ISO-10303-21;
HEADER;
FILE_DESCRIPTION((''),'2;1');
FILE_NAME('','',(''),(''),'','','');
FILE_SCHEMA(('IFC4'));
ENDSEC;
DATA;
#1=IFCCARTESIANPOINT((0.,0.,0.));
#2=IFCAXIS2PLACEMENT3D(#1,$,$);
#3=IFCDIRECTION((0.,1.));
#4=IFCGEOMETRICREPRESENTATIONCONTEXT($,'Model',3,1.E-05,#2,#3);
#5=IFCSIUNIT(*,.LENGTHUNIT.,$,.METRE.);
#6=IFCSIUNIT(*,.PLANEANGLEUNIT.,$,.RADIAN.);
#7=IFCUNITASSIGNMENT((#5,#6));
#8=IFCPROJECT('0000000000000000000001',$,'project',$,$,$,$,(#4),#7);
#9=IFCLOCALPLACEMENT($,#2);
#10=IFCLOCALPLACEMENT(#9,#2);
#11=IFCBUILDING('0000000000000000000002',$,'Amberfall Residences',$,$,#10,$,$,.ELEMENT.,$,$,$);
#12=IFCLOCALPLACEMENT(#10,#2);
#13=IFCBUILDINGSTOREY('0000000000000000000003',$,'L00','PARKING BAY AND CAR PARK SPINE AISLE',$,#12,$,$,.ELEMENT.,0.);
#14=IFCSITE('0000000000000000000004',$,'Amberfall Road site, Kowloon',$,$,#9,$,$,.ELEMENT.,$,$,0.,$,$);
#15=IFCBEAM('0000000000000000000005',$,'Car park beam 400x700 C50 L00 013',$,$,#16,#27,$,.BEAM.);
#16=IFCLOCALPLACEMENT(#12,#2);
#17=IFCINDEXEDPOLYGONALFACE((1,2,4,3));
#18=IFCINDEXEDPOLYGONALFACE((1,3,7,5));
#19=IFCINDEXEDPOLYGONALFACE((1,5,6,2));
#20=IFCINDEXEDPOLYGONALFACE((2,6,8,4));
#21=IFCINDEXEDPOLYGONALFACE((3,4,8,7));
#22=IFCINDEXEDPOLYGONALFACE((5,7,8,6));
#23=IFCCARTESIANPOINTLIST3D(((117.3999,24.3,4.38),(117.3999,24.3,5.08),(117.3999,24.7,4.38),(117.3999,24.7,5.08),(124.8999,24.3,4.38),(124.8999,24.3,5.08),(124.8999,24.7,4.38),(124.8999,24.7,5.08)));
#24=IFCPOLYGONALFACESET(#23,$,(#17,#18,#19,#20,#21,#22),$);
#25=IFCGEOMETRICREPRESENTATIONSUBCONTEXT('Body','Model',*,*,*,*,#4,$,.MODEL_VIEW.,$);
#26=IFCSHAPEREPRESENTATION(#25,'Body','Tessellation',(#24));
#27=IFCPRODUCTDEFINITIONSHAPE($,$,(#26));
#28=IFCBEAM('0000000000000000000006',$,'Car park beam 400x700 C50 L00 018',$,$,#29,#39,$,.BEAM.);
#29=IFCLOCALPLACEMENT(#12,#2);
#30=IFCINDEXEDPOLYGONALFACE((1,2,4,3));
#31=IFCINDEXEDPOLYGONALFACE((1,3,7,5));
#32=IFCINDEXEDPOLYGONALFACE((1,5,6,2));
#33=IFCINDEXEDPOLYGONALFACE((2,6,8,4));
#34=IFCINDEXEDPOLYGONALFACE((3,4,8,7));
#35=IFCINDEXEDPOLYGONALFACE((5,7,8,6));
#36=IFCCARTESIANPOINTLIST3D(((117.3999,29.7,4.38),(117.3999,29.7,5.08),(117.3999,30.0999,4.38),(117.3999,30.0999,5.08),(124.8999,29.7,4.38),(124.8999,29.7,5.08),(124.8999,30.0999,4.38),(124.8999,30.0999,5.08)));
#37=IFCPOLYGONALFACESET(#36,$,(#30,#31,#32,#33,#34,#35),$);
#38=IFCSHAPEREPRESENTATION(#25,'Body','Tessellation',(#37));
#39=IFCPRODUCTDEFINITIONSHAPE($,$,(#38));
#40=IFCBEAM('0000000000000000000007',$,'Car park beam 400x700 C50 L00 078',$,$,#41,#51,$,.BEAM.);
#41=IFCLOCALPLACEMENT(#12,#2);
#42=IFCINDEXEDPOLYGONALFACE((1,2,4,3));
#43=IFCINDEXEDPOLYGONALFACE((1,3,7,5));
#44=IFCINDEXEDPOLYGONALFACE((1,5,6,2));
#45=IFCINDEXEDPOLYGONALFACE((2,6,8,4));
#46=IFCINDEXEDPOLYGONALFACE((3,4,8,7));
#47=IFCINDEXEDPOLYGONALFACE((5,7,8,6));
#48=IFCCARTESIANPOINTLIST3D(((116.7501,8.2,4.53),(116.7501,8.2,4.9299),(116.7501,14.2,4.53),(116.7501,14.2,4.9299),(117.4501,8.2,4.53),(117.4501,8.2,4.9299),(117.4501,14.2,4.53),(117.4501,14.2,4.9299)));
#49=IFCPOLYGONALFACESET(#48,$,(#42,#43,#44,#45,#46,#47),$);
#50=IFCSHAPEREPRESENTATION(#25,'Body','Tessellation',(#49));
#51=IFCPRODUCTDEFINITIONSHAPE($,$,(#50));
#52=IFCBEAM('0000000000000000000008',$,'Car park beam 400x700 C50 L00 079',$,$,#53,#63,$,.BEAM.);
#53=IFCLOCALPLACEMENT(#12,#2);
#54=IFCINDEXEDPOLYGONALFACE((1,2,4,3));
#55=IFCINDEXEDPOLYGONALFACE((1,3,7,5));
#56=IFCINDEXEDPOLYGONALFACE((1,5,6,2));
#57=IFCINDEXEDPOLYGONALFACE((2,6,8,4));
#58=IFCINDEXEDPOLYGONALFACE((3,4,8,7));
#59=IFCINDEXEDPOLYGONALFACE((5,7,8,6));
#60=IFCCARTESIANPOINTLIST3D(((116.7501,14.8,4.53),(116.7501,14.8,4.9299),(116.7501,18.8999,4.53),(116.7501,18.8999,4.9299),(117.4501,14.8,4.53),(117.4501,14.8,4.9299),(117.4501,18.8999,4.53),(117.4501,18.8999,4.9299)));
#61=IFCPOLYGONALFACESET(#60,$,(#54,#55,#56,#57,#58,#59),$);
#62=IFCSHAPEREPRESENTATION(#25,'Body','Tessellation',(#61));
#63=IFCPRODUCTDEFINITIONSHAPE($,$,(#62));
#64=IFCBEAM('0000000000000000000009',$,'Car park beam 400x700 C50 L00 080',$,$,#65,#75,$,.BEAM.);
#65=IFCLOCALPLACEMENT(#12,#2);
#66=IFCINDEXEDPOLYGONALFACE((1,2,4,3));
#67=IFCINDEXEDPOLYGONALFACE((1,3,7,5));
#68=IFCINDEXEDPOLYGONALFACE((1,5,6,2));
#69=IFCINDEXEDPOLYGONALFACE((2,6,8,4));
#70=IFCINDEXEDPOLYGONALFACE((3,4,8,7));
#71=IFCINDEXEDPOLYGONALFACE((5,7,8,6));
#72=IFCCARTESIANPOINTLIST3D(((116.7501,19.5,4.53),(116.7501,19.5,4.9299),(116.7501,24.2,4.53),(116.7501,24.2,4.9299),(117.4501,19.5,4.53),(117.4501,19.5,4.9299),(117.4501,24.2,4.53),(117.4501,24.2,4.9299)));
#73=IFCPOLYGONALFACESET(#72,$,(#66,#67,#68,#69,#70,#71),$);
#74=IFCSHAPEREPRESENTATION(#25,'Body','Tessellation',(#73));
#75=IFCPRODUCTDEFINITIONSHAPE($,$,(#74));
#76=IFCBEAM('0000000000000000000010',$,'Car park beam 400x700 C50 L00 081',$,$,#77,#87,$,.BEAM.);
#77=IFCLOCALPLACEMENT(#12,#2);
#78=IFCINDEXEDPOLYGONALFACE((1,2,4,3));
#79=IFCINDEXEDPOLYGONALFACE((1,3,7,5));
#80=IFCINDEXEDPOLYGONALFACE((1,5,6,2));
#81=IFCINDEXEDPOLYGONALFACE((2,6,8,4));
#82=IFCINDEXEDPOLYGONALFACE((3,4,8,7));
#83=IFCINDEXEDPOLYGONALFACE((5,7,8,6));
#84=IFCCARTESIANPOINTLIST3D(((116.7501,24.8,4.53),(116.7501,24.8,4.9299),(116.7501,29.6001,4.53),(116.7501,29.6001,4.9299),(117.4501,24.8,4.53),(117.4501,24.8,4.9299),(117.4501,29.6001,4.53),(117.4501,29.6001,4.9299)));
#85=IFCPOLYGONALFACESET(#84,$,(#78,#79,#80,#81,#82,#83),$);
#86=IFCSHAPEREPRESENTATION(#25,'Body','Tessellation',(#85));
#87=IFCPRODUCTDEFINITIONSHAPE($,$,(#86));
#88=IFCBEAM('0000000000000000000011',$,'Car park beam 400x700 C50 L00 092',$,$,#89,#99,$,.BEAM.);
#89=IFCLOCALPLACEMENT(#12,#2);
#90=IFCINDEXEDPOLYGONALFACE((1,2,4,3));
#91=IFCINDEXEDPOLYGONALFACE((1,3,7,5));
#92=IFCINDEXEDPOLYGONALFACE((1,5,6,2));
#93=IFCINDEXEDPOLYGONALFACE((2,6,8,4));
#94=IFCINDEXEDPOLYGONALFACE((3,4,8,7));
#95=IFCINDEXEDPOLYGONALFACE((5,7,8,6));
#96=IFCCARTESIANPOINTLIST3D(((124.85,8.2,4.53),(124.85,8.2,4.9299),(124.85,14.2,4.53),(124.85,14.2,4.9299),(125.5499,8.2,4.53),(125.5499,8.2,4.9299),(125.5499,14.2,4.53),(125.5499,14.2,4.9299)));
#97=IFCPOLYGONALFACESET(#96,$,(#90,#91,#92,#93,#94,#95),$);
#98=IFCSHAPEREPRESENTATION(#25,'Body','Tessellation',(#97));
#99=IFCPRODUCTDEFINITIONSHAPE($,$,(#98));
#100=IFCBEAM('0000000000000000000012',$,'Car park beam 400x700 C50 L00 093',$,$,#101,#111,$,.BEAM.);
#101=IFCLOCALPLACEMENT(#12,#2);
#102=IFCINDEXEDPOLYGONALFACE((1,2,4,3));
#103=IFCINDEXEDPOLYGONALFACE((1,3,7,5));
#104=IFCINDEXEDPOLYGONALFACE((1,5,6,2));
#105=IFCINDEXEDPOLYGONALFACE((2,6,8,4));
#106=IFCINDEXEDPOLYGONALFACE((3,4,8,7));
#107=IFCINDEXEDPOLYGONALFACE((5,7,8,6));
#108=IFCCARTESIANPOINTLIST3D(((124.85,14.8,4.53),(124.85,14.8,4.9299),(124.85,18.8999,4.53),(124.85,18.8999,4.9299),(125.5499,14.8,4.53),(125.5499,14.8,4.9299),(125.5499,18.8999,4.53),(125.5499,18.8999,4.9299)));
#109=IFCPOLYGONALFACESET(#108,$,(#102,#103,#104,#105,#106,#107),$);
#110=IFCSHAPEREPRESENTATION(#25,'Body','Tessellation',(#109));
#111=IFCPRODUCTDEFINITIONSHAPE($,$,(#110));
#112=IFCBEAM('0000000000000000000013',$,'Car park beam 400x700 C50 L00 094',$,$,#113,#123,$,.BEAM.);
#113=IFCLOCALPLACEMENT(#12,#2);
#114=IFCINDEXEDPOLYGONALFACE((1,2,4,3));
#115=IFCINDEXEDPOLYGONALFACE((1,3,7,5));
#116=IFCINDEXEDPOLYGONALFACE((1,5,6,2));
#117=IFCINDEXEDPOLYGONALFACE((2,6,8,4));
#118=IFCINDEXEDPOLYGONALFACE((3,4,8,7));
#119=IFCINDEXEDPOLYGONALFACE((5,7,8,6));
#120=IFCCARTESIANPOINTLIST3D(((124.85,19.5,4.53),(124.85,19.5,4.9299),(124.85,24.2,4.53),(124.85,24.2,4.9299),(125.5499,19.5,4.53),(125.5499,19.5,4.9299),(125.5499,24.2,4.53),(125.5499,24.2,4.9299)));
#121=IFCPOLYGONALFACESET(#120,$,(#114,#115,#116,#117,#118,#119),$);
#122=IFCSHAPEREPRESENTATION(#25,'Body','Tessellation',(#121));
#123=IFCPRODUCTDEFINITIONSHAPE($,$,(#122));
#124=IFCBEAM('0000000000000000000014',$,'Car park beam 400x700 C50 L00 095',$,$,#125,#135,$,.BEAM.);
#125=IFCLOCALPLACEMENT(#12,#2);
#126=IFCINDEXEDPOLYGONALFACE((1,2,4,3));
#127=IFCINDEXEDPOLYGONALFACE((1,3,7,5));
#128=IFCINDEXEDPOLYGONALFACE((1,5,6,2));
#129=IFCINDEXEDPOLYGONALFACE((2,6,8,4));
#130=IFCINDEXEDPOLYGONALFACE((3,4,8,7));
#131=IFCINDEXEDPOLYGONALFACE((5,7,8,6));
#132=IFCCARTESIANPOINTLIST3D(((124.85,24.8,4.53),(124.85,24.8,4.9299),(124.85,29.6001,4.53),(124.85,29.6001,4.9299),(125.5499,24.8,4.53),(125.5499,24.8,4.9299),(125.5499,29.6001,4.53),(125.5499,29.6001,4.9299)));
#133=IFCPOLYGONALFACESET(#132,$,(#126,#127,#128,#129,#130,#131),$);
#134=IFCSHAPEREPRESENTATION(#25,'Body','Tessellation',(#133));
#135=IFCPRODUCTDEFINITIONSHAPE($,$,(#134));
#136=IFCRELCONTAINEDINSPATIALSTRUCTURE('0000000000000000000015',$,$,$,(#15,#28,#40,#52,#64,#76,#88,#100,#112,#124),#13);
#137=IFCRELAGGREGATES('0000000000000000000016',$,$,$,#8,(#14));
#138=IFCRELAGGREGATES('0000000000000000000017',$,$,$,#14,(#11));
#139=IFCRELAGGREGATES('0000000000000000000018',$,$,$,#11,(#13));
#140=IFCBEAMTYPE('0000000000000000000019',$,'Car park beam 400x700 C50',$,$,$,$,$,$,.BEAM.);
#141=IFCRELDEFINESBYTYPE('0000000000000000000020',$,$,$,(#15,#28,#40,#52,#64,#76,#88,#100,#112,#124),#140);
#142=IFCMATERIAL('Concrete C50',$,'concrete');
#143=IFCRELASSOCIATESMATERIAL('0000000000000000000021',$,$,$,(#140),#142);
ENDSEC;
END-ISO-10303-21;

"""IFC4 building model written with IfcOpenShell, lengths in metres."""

from ifc_helpers import new_model, si_unit, direction, frame, origin, origin_2d, place, context, subcontext, project, spatial, rectangle, extrude, material, material_profile, profile_set, type_object, element, save


model = new_model("IFC4")

# Units and contexts
model_context = context("Model", 3, precision=1e-05, world=origin(), true_north=direction((0.0, 1.0)))
body_context = subcontext(model_context, "Body", "Model", "MODEL_VIEW")
ifc_project = project(units=[si_unit("LENGTHUNIT", "METRE"), si_unit("PLANEANGLEUNIT", "RADIAN")], contexts=[model_context])

# Site, building, storey
site_placement = place(None, origin())
site = spatial("IfcSite", under=ifc_project, at=site_placement, Name="Amberfall Road site, Kowloon", CompositionType="ELEMENT", RefElevation=0.0)
building_placement = place(site_placement, origin())
building = spatial("IfcBuilding", under=site, at=building_placement, Name="Amberfall Residences", CompositionType="ELEMENT")
storey_placement = place(building_placement, origin())
storey = spatial("IfcBuildingStorey", under=building, at=storey_placement, Name="L00", Description="PARKING BAY AND CAR PARK SPINE AISLE", CompositionType="ELEMENT", Elevation=0.0)

# Shared definitions
ifc_material_1 = material(Name="Concrete C50", Category="concrete")

# Beams
ifc_material_profile_1 = material_profile(ifc_material_1, rectangle(XDim=0.3999, YDim=0.7, at=origin_2d()), Name="RC 400x700")
ifc_profile_set_1 = profile_set([ifc_material_profile_1], Name="Concrete C50")
beam_type = type_object("IfcBeamType", Name="Car park beam 400x700 C50", PredefinedType="BEAM", material=ifc_profile_set_1)
for number, where, z_axis, x_axis, name in (
    (1, (117.3999, 24.5, 4.73), (1.0, 0.0, 0.0), (0.0, 1.0, 0.0), "Car park beam 400x700 C50 L00 013"),
    (2, (117.3999, 29.8999, 4.73), (1.0, 0.0, 0.0), (0.0, 1.0, 0.0), "Car park beam 400x700 C50 L00 018"),
):
    element("IfcBeam", number, at=place(storey_placement, frame(where, z_axis=z_axis, x_axis=x_axis)), inside=storey, type_object=beam_type, Name=name, PredefinedType="BEAM", context=body_context, shape_type="SweptSolid", body=[
        extrude(rectangle(XDim=0.3999, YDim=0.7, at=origin_2d()), origin(), (0.0, 0.0, 1.0), 7.5),
    ])
beam_1_placement = place(storey_placement, frame((117.1001, 8.2, 4.73), z_axis=(0.0, 1.0, 0.0), x_axis=(0.0, 0.0, 1.0)))
element("IfcBeam", 3, at=beam_1_placement, inside=storey, type_object=beam_type, Name="Car park beam 400x700 C50 L00 078", PredefinedType="BEAM", context=body_context, shape_type="SweptSolid", body=[
    extrude(rectangle(XDim=0.3999, YDim=0.7, at=origin_2d()), origin(), (0.0, 0.0, 1.0), 6.0),
])
beam_2_placement = place(storey_placement, frame((117.1001, 14.8, 4.73), z_axis=(0.0, 1.0, 0.0), x_axis=(0.0, 0.0, 1.0)))
element("IfcBeam", 4, at=beam_2_placement, inside=storey, type_object=beam_type, Name="Car park beam 400x700 C50 L00 079", PredefinedType="BEAM", context=body_context, shape_type="SweptSolid", body=[
    extrude(rectangle(XDim=0.3999, YDim=0.7, at=origin_2d()), origin(), (0.0, 0.0, 1.0), 4.0999),
])
beam_3_placement = place(storey_placement, frame((117.1001, 19.5, 4.73), z_axis=(0.0, 1.0, 0.0), x_axis=(0.0, 0.0, 1.0)))
element("IfcBeam", 5, at=beam_3_placement, inside=storey, type_object=beam_type, Name="Car park beam 400x700 C50 L00 080", PredefinedType="BEAM", context=body_context, shape_type="SweptSolid", body=[
    extrude(rectangle(XDim=0.3999, YDim=0.7, at=origin_2d()), origin(), (0.0, 0.0, 1.0), 4.7),
])
beam_4_placement = place(storey_placement, frame((117.1001, 24.8, 4.73), z_axis=(0.0, 1.0, 0.0), x_axis=(0.0, 0.0, 1.0)))
element("IfcBeam", 6, at=beam_4_placement, inside=storey, type_object=beam_type, Name="Car park beam 400x700 C50 L00 081", PredefinedType="BEAM", context=body_context, shape_type="SweptSolid", body=[
    extrude(rectangle(XDim=0.3999, YDim=0.7, at=origin_2d()), origin(), (0.0, 0.0, 1.0), 4.8),
])
beam_5_placement = place(storey_placement, frame((125.2, 8.2, 4.73), z_axis=(0.0, 1.0, 0.0), x_axis=(0.0, 0.0, 1.0)))
element("IfcBeam", 7, at=beam_5_placement, inside=storey, type_object=beam_type, Name="Car park beam 400x700 C50 L00 092", PredefinedType="BEAM", context=body_context, shape_type="SweptSolid", body=[
    extrude(rectangle(XDim=0.3999, YDim=0.7, at=origin_2d()), origin(), (0.0, 0.0, 1.0), 6.0),
])
beam_6_placement = place(storey_placement, frame((125.2, 14.8, 4.73), z_axis=(0.0, 1.0, 0.0), x_axis=(0.0, 0.0, 1.0)))
element("IfcBeam", 8, at=beam_6_placement, inside=storey, type_object=beam_type, Name="Car park beam 400x700 C50 L00 093", PredefinedType="BEAM", context=body_context, shape_type="SweptSolid", body=[
    extrude(rectangle(XDim=0.3999, YDim=0.7, at=origin_2d()), origin(), (0.0, 0.0, 1.0), 4.0999),
])
beam_7_placement = place(storey_placement, frame((125.2, 19.5, 4.73), z_axis=(0.0, 1.0, 0.0), x_axis=(0.0, 0.0, 1.0)))
element("IfcBeam", 9, at=beam_7_placement, inside=storey, type_object=beam_type, Name="Car park beam 400x700 C50 L00 094", PredefinedType="BEAM", context=body_context, shape_type="SweptSolid", body=[
    extrude(rectangle(XDim=0.3999, YDim=0.7, at=origin_2d()), origin(), (0.0, 0.0, 1.0), 4.7),
])
beam_8_placement = place(storey_placement, frame((125.2, 24.8, 4.73), z_axis=(0.0, 1.0, 0.0), x_axis=(0.0, 0.0, 1.0)))
element("IfcBeam", 10, at=beam_8_placement, inside=storey, type_object=beam_type, Name="Car park beam 400x700 C50 L00 095", PredefinedType="BEAM", context=body_context, shape_type="SweptSolid", body=[
    extrude(rectangle(XDim=0.3999, YDim=0.7, at=origin_2d()), origin(), (0.0, 0.0, 1.0), 4.8),
])

save(model, "model.ifc")
